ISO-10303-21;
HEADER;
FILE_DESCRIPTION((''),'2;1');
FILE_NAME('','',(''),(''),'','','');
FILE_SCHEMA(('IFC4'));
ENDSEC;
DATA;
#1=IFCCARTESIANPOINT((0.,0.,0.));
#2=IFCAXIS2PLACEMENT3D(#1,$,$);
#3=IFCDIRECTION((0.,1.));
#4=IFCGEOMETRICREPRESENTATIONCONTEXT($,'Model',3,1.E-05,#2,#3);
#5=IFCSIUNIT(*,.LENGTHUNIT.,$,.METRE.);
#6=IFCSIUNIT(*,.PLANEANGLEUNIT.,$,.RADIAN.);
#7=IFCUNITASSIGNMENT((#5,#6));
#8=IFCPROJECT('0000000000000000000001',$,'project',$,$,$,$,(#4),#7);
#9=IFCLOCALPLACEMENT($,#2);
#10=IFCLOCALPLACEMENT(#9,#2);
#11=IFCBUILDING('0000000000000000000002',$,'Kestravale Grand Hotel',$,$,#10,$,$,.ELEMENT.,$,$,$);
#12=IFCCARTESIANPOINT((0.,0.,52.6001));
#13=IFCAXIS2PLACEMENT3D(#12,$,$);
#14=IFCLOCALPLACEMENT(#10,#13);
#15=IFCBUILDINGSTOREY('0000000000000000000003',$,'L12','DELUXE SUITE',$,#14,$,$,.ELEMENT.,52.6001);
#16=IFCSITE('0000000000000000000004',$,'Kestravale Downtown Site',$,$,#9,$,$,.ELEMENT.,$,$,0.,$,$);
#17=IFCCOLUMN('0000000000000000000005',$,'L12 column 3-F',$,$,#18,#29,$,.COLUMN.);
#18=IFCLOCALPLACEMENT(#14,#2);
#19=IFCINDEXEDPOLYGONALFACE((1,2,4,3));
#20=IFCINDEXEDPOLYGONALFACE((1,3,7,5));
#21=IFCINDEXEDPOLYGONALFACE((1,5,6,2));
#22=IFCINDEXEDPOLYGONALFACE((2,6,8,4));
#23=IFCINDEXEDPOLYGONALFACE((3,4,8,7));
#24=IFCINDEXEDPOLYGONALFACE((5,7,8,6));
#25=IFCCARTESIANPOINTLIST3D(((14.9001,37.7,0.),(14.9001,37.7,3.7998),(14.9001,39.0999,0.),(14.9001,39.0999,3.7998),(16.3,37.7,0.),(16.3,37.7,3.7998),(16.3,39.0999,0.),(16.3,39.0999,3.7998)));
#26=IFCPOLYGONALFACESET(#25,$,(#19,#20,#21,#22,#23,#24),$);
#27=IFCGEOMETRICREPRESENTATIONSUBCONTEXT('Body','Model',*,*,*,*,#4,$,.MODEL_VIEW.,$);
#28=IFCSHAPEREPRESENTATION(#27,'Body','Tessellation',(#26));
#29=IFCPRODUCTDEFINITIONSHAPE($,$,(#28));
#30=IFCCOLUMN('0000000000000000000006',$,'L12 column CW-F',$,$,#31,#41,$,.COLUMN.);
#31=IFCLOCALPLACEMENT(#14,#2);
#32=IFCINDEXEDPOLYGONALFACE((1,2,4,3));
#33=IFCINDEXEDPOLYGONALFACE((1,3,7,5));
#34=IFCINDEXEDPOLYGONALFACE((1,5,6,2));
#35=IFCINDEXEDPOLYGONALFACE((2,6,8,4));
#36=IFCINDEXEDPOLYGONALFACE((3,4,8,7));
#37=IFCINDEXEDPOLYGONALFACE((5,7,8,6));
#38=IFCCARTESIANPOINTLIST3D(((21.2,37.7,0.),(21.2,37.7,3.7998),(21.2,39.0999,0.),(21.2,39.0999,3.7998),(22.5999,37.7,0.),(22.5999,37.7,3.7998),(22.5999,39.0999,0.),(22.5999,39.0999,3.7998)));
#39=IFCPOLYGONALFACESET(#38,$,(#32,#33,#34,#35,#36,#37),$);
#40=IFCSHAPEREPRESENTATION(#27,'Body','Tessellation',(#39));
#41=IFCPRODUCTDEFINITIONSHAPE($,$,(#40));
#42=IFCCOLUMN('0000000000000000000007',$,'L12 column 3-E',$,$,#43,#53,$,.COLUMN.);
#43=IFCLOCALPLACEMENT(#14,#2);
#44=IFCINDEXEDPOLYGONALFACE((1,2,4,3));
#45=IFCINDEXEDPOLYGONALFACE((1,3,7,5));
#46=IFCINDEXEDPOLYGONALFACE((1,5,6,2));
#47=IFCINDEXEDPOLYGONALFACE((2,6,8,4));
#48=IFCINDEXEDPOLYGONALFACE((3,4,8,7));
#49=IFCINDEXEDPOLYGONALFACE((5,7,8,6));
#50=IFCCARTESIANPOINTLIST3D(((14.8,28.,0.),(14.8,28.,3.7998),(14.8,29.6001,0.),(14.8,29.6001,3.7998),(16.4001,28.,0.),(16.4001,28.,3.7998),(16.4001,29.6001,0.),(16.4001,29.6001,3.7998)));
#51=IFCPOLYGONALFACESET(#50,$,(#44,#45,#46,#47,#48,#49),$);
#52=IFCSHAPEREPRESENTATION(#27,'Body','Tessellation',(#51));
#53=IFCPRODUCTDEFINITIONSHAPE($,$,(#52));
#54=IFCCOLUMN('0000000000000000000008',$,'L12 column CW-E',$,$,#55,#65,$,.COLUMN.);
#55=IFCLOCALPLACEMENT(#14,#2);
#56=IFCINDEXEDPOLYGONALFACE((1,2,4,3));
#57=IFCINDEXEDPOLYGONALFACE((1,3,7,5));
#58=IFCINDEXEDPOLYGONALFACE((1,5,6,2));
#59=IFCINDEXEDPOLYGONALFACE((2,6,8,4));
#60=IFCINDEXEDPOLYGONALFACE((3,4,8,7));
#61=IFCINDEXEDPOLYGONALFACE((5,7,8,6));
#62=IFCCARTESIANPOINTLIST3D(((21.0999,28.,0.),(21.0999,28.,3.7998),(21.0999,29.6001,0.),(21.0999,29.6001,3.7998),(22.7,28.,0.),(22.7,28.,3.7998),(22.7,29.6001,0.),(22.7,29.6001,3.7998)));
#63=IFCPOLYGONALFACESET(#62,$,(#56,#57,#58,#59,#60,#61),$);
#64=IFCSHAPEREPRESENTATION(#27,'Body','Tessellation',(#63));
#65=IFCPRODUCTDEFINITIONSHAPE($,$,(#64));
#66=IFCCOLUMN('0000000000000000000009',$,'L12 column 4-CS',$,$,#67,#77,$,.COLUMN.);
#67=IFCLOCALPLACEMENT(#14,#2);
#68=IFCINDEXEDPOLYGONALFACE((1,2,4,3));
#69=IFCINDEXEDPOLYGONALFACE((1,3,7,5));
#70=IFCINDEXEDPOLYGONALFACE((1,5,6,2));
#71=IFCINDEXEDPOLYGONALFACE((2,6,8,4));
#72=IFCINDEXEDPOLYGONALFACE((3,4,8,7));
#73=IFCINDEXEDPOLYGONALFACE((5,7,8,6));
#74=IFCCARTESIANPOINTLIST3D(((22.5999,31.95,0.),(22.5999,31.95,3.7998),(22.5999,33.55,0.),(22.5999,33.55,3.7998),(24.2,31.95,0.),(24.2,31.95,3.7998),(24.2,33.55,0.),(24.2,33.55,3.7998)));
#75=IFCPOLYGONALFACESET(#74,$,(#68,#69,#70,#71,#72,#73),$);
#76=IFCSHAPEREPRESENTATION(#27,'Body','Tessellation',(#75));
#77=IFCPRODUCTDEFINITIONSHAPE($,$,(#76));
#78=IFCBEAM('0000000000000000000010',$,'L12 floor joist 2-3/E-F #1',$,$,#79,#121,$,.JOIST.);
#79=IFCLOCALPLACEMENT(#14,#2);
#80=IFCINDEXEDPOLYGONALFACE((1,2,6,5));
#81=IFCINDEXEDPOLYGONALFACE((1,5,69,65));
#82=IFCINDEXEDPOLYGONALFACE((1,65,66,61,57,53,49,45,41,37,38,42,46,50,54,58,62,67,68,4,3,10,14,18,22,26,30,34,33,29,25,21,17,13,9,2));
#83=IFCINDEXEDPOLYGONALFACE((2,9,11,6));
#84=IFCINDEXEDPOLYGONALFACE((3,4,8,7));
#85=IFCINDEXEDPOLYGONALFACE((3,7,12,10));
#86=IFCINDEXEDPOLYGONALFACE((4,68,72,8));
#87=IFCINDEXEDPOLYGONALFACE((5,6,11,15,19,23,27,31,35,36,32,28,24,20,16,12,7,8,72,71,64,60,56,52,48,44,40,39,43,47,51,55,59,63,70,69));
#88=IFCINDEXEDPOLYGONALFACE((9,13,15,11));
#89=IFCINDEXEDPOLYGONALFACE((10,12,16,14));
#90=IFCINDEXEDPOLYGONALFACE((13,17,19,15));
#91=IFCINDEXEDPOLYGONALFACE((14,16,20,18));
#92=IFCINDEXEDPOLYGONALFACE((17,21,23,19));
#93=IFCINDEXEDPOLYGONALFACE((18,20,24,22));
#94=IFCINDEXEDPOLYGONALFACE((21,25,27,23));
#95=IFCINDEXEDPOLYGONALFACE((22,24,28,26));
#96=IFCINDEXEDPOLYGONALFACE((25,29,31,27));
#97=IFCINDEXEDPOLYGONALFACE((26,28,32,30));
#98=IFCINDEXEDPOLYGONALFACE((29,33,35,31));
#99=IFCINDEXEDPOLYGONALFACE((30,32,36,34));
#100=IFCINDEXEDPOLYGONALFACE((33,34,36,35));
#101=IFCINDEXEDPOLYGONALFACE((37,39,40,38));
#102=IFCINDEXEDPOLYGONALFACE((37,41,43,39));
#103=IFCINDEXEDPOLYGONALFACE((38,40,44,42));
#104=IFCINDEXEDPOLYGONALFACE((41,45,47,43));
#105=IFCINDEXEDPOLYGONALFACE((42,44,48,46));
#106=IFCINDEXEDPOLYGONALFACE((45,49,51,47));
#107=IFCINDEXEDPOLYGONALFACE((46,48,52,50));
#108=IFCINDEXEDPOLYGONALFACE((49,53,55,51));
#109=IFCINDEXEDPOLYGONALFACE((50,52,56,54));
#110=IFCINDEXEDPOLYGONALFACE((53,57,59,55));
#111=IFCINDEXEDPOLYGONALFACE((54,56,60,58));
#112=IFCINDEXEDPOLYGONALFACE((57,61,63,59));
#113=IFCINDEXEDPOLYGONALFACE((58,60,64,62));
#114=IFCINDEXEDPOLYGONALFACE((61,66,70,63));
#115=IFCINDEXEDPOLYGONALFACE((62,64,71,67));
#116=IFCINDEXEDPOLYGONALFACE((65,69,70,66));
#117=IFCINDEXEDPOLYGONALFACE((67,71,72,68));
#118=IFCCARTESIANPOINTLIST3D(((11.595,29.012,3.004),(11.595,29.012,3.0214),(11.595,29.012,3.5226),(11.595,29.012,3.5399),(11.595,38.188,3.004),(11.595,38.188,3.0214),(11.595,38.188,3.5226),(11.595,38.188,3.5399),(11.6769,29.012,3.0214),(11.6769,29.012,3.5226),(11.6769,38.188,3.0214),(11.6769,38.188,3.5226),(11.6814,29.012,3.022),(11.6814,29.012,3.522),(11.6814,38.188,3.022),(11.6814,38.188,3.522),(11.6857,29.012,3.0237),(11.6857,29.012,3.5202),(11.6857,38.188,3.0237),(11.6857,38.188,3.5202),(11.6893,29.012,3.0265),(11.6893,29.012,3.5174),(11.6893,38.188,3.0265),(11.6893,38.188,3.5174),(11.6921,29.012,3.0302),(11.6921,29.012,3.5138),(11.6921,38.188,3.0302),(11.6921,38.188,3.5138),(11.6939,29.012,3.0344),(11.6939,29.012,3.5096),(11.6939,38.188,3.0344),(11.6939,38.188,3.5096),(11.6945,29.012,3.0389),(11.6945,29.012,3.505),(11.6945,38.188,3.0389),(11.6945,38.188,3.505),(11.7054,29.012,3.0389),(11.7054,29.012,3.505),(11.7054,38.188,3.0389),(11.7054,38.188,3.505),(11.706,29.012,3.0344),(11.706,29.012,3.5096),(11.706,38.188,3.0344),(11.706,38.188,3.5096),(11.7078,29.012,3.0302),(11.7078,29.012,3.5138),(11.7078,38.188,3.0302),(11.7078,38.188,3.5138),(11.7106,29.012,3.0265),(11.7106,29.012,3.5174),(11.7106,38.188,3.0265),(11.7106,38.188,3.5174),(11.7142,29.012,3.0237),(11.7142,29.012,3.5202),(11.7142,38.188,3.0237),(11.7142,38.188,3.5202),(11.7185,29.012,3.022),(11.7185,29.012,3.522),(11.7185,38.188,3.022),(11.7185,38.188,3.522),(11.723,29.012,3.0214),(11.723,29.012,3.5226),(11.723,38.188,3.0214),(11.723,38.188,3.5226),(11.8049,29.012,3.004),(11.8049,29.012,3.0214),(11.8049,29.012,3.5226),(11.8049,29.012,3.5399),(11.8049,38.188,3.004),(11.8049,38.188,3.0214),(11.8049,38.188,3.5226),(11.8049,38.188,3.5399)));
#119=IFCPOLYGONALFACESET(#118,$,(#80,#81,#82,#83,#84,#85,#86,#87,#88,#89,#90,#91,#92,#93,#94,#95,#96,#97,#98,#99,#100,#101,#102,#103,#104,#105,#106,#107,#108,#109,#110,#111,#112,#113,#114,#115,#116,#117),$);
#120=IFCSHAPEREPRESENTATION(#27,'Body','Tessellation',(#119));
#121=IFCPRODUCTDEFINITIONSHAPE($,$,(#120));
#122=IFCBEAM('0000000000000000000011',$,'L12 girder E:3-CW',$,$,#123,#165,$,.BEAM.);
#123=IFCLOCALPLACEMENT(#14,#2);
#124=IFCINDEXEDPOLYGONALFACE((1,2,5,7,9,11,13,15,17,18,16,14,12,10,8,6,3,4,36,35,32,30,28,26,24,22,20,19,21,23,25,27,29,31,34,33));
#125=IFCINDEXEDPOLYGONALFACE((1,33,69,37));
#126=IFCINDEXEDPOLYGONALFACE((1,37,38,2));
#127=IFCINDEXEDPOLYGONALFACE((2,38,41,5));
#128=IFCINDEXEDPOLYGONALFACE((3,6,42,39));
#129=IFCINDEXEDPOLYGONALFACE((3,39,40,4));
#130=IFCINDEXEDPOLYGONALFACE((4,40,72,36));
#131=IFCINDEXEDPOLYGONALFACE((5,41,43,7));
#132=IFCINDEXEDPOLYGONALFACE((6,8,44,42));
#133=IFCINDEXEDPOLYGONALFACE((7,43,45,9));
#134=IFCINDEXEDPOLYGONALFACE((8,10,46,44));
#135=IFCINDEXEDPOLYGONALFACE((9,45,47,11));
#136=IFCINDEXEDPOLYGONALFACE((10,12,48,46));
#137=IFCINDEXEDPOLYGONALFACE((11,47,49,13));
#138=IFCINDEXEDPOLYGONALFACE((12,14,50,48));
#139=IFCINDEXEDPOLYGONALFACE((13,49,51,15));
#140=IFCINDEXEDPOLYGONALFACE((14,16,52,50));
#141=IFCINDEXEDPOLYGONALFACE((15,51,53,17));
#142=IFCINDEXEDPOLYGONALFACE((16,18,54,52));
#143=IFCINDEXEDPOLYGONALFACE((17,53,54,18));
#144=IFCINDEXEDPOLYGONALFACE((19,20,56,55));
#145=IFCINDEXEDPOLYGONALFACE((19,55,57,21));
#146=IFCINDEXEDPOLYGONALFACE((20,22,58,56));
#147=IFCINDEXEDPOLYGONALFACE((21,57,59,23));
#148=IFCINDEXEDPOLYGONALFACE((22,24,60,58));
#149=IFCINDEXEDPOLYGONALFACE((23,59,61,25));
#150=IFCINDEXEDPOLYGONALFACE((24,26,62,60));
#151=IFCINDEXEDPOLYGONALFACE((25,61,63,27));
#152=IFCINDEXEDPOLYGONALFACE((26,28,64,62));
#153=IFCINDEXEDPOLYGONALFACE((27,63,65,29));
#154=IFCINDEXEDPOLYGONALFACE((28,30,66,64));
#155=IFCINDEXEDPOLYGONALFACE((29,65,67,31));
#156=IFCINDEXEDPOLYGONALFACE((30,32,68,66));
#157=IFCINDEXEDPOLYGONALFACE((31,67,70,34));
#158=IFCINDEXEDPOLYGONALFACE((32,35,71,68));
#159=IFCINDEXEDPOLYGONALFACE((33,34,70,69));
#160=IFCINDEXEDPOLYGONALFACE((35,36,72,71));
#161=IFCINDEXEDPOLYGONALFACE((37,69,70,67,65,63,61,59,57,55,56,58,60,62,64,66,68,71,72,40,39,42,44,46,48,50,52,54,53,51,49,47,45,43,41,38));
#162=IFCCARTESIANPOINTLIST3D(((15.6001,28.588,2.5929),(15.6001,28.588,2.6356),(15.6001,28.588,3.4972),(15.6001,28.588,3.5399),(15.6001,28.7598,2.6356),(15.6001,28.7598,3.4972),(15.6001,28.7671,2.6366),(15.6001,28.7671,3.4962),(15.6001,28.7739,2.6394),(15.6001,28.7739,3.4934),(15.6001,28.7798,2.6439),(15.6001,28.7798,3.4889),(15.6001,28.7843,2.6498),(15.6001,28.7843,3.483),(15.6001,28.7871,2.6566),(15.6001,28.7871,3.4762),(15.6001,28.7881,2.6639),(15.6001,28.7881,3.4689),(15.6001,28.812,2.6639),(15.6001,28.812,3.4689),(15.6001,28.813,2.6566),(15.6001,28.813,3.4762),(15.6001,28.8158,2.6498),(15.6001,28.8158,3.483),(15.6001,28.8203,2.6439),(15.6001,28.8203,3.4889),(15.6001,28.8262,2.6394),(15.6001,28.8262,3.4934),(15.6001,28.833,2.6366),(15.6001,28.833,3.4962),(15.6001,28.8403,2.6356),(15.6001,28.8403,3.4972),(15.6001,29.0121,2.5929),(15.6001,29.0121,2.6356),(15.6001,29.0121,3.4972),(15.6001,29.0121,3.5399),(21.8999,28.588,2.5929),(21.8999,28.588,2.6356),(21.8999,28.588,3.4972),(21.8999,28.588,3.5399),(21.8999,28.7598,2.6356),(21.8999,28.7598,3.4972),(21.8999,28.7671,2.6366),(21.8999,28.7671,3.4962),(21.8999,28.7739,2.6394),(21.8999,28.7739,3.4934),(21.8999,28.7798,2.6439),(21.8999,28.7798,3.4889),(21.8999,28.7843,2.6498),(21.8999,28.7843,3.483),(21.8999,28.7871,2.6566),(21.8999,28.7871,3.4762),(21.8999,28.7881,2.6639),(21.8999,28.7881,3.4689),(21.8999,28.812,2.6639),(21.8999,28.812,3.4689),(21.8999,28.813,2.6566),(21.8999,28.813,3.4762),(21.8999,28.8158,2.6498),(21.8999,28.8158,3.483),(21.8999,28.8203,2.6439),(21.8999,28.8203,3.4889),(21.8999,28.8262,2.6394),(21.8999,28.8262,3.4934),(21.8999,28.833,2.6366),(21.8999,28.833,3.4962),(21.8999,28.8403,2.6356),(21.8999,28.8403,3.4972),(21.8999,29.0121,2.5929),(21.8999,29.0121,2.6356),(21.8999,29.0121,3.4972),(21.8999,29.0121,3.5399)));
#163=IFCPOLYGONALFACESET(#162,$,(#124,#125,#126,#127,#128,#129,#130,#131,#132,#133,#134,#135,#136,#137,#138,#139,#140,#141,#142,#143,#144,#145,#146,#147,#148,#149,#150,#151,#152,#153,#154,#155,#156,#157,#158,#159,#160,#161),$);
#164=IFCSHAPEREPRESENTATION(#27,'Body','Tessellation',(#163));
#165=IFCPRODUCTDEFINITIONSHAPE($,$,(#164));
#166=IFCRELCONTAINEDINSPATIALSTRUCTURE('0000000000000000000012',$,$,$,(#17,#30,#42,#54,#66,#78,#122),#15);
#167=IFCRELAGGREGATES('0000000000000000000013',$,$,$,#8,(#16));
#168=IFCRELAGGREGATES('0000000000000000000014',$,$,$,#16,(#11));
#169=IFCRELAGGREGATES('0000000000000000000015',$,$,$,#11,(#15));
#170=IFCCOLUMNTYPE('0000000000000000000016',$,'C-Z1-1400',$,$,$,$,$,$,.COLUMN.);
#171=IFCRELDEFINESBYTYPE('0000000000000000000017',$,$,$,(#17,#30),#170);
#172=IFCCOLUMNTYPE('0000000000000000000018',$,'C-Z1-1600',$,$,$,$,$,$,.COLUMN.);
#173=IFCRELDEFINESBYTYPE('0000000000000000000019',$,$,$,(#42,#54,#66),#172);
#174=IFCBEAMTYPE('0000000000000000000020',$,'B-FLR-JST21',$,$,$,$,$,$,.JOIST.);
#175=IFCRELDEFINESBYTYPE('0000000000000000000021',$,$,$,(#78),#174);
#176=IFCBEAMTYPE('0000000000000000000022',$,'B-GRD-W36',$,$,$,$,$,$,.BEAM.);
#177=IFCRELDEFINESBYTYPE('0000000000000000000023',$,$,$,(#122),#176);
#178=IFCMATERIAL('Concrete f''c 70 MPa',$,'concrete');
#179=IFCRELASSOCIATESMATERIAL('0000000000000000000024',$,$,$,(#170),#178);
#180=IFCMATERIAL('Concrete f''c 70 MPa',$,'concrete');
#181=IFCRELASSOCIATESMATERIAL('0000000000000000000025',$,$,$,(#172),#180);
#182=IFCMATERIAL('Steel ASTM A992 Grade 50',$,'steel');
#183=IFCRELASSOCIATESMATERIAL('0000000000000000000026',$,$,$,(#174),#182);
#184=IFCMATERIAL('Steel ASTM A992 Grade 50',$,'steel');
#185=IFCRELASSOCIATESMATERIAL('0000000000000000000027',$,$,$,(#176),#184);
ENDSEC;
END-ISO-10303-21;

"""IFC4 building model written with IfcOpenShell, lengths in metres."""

from ifc_helpers import new_model, si_unit, direction, frame, origin, origin_2d, place, context, subcontext, project, spatial, rectangle, i_section, extrude, material, material_profile, profile_set, type_object, element, save


model = new_model("IFC4")

# Units and contexts
model_context = context("Model", 3, precision=1e-05, world=origin(), true_north=direction((0.0, 1.0)))
body_context = subcontext(model_context, "Body", "Model", "MODEL_VIEW")
ifc_project = project(units=[si_unit("LENGTHUNIT", "METRE"), si_unit("PLANEANGLEUNIT", "RADIAN")], contexts=[model_context])

# Site, building, storey
site_placement = place(None, origin())
site = spatial("IfcSite", under=ifc_project, at=site_placement, Name="Kestravale Downtown Site", CompositionType="ELEMENT", RefElevation=0.0)
building_placement = place(site_placement, origin())
building = spatial("IfcBuilding", under=site, at=building_placement, Name="Kestravale Grand Hotel", CompositionType="ELEMENT")
storey_placement = place(building_placement, frame((0.0, 0.0, 52.6001)))
storey = spatial("IfcBuildingStorey", under=building, at=storey_placement, Name="L12", Description="DELUXE SUITE", CompositionType="ELEMENT", Elevation=52.6001)

# Columns
ifc_material_1 = material(Name="Concrete f'c 70 MPa", Category="concrete")
ifc_material_profile_1 = material_profile(ifc_material_1, rectangle(XDim=1.3999, YDim=1.3999, at=origin_2d()))
ifc_profile_set_1 = profile_set([ifc_material_profile_1], Name="Concrete f'c 70 MPa")
column_type_1 = type_object("IfcColumnType", Name="C-Z1-1400", PredefinedType="COLUMN", material=ifc_profile_set_1)
for number, where, z_axis, x_axis, name in (
    (1, (15.6001, 38.3999, 0.0), (0.0, 0.0, 1.0), (1.0, 0.0, 0.0), "L12 column 3-F"),
    (2, (21.8999, 38.3999, 0.0), (0.0, 0.0, 1.0), (1.0, 0.0, 0.0), "L12 column CW-F"),
):
    element("IfcColumn", number, at=place(storey_placement, frame(where, z_axis=z_axis, x_axis=x_axis)), inside=storey, type_object=column_type_1, Name=name, PredefinedType="COLUMN", context=body_context, shape_type="SweptSolid", body=[
        extrude(rectangle(XDim=1.3999, YDim=1.3999, at=origin_2d()), origin(), (0.0, 0.0, 1.0), 3.7998),
    ])
ifc_material_2 = material(Name="Concrete f'c 70 MPa", Category="concrete")
ifc_material_profile_2 = material_profile(ifc_material_2, rectangle(XDim=1.6001, YDim=1.6001, at=origin_2d()))
ifc_profile_set_2 = profile_set([ifc_material_profile_2], Name="Concrete f'c 70 MPa")
column_type_2 = type_object("IfcColumnType", Name="C-Z1-1600", PredefinedType="COLUMN", material=ifc_profile_set_2)
for number, where, z_axis, x_axis, name in (
    (3, (15.6001, 28.8, 0.0), (0.0, 0.0, 1.0), (1.0, 0.0, 0.0), "L12 column 3-E"),
    (4, (21.8999, 28.8, 0.0), (0.0, 0.0, 1.0), (1.0, 0.0, 0.0), "L12 column CW-E"),
    (5, (23.3999, 32.75, 0.0), (0.0, 0.0, 1.0), (1.0, 0.0, 0.0), "L12 column 4-CS"),
):
    element("IfcColumn", number, at=place(storey_placement, frame(where, z_axis=z_axis, x_axis=x_axis)), inside=storey, type_object=column_type_2, Name=name, PredefinedType="COLUMN", context=body_context, shape_type="SweptSolid", body=[
        extrude(rectangle(XDim=1.6001, YDim=1.6001, at=origin_2d()), origin(), (0.0, 0.0, 1.0), 3.7998),
    ])

# Beams
ifc_material_3 = material(Name="Steel ASTM A992 Grade 50", Category="steel")
ifc_material_profile_3 = material_profile(ifc_material_3, i_section(OverallWidth=0.21, OverallDepth=0.5359, WebThickness=0.011, FlangeThickness=0.0173, FilletRadius=0.0176, at=origin_2d()))
ifc_profile_set_3 = profile_set([ifc_material_profile_3], Name="Steel ASTM A992 Grade 50")
beam_type_1 = type_object("IfcBeamType", Name="B-FLR-JST21", PredefinedType="JOIST", material=ifc_profile_set_3)
beam_1_placement = place(storey_placement, frame((11.7, 29.012, 3.272), z_axis=(0.0, 1.0, 0.0), x_axis=(-1.0, 0.0, 0.0)))
element("IfcBeam", 6, at=beam_1_placement, inside=storey, type_object=beam_type_1, Name="L12 floor joist 2-3/E-F #1", PredefinedType="JOIST", context=body_context, shape_type="SweptSolid", body=[
    extrude(i_section(OverallWidth=0.21, OverallDepth=0.5359, WebThickness=0.011, FlangeThickness=0.0173, FilletRadius=0.0176, at=origin_2d()), origin(), (0.0, 0.0, 1.0), 9.176),
])
ifc_material_4 = material(Name="Steel ASTM A992 Grade 50", Category="steel")
ifc_material_profile_4 = material_profile(ifc_material_4, i_section(OverallWidth=0.4241, OverallDepth=0.947, WebThickness=0.0239, FlangeThickness=0.0427, FilletRadius=0.0283, at=origin_2d()))
ifc_profile_set_4 = profile_set([ifc_material_profile_4], Name="Steel ASTM A992 Grade 50")
beam_type_2 = type_object("IfcBeamType", Name="B-GRD-W36", PredefinedType="BEAM", material=ifc_profile_set_4)
for number, where, z_axis, x_axis, name in (
    (7, (15.6001, 28.8, 3.0664), (1.0, 0.0, 0.0), (0.0, 1.0, 0.0), "L12 girder E:3-CW"),
):
    element("IfcBeam", number, at=place(storey_placement, frame(where, z_axis=z_axis, x_axis=x_axis)), inside=storey, type_object=beam_type_2, Name=name, PredefinedType="BEAM", context=body_context, shape_type="SweptSolid", body=[
        extrude(i_section(OverallWidth=0.4241, OverallDepth=0.947, WebThickness=0.0239, FlangeThickness=0.0427, FilletRadius=0.0283, at=origin_2d()), origin(), (0.0, 0.0, 1.0), 6.2998),
    ])

save(model, "model.ifc")
